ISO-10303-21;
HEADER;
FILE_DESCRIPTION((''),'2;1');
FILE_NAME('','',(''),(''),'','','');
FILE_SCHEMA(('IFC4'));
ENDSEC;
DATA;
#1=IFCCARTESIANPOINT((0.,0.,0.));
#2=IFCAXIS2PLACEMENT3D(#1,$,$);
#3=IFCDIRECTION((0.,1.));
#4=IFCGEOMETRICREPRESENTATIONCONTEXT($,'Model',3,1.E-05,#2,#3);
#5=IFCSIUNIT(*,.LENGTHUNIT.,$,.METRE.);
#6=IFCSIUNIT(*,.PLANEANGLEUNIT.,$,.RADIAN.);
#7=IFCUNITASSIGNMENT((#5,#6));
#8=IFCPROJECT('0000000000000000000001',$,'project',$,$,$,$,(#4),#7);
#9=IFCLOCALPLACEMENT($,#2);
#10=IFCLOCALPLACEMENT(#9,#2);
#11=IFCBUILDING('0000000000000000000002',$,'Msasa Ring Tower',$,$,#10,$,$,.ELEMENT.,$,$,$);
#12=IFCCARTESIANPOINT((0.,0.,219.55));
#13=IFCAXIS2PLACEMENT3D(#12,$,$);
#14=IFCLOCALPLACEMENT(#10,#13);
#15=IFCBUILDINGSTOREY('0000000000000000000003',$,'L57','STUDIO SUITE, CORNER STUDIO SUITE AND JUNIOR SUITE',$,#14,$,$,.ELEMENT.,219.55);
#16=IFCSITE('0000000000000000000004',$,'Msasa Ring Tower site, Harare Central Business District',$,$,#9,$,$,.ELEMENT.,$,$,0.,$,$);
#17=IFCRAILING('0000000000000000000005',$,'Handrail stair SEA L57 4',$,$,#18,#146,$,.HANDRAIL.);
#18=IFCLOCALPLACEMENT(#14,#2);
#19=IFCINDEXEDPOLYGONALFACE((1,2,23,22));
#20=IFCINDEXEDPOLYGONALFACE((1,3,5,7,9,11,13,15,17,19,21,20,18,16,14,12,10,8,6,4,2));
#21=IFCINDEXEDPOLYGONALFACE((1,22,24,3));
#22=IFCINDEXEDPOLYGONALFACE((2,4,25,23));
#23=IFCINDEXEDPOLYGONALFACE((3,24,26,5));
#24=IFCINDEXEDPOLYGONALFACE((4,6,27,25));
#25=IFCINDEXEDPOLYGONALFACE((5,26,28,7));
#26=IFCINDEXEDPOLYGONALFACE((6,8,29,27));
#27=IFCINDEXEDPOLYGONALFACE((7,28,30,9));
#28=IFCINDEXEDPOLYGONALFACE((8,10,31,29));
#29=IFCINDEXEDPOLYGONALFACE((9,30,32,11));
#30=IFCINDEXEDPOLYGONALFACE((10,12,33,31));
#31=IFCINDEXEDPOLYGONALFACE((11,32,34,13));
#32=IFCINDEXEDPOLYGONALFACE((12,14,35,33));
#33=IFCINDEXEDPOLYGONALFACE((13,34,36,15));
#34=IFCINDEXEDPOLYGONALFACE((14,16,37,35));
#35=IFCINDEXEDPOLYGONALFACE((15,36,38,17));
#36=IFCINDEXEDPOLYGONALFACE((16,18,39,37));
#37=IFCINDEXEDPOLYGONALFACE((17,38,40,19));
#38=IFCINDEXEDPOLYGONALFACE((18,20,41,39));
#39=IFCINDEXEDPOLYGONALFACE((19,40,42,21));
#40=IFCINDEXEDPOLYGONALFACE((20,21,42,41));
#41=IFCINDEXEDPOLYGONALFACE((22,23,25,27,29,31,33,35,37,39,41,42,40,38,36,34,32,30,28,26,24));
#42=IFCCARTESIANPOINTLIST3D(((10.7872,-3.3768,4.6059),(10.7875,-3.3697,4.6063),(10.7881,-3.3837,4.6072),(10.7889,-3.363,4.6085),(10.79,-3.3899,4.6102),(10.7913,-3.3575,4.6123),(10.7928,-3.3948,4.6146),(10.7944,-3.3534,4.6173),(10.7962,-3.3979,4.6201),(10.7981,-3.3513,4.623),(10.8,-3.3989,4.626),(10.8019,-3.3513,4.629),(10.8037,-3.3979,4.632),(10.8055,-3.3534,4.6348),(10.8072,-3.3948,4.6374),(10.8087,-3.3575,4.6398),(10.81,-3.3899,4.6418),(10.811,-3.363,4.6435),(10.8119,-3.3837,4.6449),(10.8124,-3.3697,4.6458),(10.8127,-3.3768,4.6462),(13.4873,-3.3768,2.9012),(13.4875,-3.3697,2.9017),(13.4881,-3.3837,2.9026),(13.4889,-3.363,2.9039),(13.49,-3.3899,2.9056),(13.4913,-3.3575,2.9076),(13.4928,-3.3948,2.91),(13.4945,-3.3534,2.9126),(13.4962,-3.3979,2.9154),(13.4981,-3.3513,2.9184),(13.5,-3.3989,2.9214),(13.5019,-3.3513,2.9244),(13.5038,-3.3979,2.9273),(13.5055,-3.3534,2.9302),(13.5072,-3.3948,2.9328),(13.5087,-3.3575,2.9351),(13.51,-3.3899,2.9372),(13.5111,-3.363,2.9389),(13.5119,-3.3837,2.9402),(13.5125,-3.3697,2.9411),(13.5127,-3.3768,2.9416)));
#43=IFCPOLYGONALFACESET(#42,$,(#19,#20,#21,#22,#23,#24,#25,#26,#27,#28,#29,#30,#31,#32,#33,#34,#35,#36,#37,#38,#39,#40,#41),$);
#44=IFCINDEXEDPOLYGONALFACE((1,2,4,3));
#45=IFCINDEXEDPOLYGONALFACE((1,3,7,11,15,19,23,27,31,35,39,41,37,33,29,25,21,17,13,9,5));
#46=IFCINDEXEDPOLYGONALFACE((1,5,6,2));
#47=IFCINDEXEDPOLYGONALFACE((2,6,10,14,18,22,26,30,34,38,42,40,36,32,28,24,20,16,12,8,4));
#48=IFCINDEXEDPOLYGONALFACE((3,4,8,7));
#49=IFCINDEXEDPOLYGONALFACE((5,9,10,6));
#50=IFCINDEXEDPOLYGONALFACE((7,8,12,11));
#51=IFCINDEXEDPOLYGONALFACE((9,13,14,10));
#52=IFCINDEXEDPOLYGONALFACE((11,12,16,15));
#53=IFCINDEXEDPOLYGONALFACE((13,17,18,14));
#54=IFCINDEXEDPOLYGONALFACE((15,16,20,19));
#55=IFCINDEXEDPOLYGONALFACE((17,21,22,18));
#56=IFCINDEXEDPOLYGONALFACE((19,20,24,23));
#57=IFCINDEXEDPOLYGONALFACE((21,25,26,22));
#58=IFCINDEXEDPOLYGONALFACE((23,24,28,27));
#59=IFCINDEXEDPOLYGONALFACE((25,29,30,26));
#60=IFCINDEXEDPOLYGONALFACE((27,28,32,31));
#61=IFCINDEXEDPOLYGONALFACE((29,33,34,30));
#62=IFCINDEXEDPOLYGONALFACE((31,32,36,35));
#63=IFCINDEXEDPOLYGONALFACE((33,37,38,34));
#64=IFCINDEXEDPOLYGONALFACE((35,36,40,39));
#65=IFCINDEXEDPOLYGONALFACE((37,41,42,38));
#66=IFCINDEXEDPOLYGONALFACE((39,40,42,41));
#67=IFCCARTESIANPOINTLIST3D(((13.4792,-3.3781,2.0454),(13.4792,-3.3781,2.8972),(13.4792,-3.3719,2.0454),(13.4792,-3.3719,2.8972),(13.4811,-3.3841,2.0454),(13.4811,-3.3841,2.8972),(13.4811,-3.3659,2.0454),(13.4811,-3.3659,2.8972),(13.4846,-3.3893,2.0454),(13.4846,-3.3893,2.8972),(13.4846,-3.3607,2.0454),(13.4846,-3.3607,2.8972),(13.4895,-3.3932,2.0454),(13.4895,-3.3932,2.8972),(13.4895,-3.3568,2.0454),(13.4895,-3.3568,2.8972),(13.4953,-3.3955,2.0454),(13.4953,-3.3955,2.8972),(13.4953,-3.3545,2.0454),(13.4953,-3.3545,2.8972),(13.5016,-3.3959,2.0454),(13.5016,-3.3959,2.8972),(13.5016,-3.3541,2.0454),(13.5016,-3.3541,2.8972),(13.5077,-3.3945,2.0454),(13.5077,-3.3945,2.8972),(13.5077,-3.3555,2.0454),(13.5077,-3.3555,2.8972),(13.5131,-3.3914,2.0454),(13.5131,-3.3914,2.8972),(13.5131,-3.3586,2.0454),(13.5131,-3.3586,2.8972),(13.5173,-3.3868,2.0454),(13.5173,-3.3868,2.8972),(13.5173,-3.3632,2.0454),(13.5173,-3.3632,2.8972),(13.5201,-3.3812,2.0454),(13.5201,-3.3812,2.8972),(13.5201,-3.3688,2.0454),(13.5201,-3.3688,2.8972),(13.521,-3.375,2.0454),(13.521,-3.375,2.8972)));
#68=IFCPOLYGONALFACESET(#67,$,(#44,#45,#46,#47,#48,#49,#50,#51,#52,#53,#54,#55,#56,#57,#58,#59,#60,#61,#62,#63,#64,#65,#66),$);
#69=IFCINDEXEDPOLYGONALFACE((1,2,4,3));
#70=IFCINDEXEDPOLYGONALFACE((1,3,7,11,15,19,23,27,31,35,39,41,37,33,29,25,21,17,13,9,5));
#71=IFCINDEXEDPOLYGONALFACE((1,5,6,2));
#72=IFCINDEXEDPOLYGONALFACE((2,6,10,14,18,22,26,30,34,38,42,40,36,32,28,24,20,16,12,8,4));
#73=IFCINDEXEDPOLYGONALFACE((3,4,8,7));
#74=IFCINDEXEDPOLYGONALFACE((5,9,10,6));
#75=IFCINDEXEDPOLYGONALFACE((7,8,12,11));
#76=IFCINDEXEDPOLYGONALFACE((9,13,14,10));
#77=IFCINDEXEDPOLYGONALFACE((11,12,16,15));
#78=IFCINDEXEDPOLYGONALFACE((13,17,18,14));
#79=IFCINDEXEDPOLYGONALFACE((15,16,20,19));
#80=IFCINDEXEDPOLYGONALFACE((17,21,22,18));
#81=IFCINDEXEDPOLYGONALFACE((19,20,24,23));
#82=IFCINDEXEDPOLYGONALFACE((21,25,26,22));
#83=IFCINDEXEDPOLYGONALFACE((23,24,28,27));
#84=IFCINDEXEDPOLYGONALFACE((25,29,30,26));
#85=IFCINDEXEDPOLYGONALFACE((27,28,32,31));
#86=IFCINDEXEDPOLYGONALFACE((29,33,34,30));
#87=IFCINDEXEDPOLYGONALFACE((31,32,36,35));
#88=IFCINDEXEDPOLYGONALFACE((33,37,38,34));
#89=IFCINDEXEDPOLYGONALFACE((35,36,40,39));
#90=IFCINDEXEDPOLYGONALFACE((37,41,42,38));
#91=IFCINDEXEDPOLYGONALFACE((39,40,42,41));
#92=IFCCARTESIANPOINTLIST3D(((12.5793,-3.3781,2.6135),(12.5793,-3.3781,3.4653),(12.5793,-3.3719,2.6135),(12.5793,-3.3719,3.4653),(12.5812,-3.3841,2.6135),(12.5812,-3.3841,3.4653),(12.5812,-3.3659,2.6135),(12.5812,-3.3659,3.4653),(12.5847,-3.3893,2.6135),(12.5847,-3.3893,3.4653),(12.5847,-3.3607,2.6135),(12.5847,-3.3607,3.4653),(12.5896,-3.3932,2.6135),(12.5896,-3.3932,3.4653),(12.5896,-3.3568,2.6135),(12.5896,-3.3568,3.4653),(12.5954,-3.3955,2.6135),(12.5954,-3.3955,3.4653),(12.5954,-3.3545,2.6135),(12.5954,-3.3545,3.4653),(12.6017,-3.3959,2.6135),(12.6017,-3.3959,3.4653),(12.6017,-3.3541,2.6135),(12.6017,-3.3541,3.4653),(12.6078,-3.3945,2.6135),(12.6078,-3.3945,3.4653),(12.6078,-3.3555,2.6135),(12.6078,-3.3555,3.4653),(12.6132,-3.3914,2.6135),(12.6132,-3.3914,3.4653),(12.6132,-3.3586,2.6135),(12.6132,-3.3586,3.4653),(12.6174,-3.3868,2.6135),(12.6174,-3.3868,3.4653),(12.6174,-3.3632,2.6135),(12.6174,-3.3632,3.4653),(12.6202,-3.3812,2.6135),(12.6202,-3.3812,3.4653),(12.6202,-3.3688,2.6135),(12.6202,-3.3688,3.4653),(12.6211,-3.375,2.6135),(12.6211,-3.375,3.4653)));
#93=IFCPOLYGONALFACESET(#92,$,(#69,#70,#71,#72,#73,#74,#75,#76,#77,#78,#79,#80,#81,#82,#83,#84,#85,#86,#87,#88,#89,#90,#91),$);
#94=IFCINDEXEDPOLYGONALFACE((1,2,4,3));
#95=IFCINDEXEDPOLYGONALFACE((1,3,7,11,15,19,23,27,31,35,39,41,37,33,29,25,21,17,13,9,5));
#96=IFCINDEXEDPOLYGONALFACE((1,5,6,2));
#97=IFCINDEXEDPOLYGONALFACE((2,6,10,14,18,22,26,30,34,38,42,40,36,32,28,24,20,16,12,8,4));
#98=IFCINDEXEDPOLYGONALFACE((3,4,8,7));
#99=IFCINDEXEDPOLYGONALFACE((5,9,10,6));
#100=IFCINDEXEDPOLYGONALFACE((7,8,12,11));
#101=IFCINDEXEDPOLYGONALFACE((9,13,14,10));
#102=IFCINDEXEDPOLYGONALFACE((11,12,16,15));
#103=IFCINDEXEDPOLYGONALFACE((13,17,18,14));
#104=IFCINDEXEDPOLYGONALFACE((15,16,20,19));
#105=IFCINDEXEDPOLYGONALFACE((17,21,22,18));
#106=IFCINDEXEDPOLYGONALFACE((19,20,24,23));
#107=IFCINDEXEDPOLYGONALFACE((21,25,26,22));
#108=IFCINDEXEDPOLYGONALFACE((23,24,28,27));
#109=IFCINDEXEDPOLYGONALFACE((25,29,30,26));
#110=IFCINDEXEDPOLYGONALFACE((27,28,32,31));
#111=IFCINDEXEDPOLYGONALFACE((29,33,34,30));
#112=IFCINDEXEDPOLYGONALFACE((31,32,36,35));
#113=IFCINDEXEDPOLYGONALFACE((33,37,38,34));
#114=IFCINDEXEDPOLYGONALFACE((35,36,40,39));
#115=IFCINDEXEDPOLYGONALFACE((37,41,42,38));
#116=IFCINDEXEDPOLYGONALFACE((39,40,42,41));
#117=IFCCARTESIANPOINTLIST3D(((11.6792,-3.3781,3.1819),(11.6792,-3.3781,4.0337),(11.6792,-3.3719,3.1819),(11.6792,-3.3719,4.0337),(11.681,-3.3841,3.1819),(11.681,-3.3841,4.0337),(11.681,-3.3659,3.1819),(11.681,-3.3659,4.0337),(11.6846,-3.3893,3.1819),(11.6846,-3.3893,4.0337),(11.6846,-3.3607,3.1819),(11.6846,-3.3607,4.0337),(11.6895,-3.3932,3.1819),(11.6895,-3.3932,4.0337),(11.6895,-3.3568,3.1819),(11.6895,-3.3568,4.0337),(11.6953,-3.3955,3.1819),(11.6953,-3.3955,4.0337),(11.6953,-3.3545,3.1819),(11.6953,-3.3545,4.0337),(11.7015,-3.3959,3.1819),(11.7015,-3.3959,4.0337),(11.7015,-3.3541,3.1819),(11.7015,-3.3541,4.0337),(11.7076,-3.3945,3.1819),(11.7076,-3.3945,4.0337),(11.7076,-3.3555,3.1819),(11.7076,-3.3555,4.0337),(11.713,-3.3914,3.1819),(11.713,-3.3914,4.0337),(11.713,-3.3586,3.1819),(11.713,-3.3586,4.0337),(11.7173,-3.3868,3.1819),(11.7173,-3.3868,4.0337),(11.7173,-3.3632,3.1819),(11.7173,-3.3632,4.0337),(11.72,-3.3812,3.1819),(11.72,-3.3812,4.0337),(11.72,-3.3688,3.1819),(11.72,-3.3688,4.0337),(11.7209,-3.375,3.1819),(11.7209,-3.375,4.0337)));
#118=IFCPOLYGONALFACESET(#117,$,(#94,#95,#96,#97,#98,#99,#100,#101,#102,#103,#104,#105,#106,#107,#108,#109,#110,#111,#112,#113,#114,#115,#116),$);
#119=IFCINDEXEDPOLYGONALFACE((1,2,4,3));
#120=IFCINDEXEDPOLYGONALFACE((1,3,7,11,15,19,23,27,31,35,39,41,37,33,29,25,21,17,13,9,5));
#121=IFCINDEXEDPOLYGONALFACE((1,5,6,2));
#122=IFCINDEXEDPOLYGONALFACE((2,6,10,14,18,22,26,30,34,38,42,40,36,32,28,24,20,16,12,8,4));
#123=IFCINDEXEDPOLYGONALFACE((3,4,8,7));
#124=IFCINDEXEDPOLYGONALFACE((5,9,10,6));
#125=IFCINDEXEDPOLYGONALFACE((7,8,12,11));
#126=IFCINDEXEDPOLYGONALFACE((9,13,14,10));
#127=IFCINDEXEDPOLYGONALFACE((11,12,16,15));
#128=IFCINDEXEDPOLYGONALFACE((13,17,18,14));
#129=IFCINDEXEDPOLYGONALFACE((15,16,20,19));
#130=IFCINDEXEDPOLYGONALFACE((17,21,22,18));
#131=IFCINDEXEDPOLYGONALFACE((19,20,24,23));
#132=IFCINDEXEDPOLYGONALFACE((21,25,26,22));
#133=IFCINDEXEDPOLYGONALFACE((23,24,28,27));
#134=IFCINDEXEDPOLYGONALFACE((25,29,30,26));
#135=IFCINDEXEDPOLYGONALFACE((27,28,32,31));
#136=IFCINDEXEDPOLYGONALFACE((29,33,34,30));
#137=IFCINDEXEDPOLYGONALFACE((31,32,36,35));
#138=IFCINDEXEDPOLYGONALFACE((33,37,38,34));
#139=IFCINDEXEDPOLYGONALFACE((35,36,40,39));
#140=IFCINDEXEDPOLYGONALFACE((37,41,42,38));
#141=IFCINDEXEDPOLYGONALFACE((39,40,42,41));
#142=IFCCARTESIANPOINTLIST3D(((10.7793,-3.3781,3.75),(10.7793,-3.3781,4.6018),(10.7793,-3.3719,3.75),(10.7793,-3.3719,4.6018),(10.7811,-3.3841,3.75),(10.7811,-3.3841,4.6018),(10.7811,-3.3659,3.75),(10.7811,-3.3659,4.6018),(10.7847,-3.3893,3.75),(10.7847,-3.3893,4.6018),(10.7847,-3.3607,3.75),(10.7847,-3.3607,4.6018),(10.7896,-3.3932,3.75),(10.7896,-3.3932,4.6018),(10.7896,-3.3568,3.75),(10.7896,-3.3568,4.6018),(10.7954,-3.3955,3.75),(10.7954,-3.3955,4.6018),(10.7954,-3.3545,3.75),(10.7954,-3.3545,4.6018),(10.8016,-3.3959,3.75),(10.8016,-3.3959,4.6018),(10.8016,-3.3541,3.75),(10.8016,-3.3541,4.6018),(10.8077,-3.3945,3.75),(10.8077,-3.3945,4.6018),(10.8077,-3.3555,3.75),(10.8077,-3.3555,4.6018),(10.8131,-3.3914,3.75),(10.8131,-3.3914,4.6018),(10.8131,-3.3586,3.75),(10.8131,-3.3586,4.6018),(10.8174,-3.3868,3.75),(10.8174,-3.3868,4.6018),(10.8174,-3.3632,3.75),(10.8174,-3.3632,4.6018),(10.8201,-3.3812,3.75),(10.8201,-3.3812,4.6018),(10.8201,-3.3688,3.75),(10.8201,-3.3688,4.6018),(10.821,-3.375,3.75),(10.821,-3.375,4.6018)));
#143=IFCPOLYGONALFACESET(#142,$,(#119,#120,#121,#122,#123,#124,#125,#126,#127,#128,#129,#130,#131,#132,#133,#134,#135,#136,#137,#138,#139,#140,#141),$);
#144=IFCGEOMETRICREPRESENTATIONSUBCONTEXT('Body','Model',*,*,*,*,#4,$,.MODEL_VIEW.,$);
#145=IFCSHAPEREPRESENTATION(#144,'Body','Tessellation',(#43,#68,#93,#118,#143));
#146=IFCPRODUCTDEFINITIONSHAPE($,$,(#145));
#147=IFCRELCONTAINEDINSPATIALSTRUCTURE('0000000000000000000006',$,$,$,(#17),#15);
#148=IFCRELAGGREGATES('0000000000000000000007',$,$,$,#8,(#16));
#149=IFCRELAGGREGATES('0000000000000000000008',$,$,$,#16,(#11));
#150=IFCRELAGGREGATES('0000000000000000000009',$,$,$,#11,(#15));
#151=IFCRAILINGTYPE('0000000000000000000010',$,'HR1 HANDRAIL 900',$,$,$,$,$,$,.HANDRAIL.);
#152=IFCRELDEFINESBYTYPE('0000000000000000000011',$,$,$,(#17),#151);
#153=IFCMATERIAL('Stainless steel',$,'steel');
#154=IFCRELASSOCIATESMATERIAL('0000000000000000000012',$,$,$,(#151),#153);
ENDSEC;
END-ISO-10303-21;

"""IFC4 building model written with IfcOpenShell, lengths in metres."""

from ifc_helpers import new_model, si_unit, direction, frame, origin, origin_2d, place, context, subcontext, project, spatial, circle, extrude, material, type_object, element, save


model = new_model("IFC4")

# Units and contexts
model_context = context("Model", 3, precision=1e-05, world=origin(), true_north=direction((0.0, 1.0)))
body_context = subcontext(model_context, "Body", "Model", "MODEL_VIEW")
ifc_project = project(units=[si_unit("LENGTHUNIT", "METRE"), si_unit("PLANEANGLEUNIT", "RADIAN")], contexts=[model_context])

# Site, building, storey
site_placement = place(None, origin())
site = spatial("IfcSite", under=ifc_project, at=site_placement, Name="Msasa Ring Tower site, Harare Central Business District", CompositionType="ELEMENT", RefElevation=0.0)
building_placement = place(site_placement, origin())
building = spatial("IfcBuilding", under=site, at=building_placement, Name="Msasa Ring Tower", CompositionType="ELEMENT")
storey_placement = place(building_placement, frame((0.0, 0.0, 219.55)))
storey = spatial("IfcBuildingStorey", under=building, at=storey_placement, Name="L57", Description="STUDIO SUITE, CORNER STUDIO SUITE AND JUNIOR SUITE", CompositionType="ELEMENT", Elevation=219.55)

# Railing
ifc_material_1 = material(Name="Stainless steel", Category="steel")
railing_type = type_object("IfcRailingType", Name="HR1 HANDRAIL 900", PredefinedType="HANDRAIL", material=ifc_material_1)
for number, where, name in (
    (1, (13.5, -3.375, 2.0454), "Handrail stair SEA L57 4"),
):
    element("IfcRailing", number, at=place(storey_placement, frame(where)), inside=storey, type_object=railing_type, Name=name, PredefinedType="HANDRAIL", context=body_context, shape_type="SweptSolid", body=[
        extrude(circle(Radius=0.0239, at=origin_2d()), frame((0.0, 0.0, 0.876), z_axis=(-0.84558, 0.0, 0.533849), x_axis=(0.0, -1.0, 0.0)), (0.0, 0.0, 1.0), 3.1931),
        extrude(circle(Radius=0.021, at=origin_2d()), origin(), (0.0, 0.0, 1.0), 0.8518),
        extrude(circle(Radius=0.021, at=origin_2d()), frame((-0.8999, 0.0, 0.5681)), (0.0, 0.0, 1.0), 0.8518),
        extrude(circle(Radius=0.021, at=origin_2d()), frame((-1.8, 0.0, 1.1365)), (0.0, 0.0, 1.0), 0.8518),
        extrude(circle(Radius=0.021, at=origin_2d()), frame((-2.7, 0.0, 1.7046)), (0.0, 0.0, 1.0), 0.8518),
    ])

save(model, "model.ifc")
